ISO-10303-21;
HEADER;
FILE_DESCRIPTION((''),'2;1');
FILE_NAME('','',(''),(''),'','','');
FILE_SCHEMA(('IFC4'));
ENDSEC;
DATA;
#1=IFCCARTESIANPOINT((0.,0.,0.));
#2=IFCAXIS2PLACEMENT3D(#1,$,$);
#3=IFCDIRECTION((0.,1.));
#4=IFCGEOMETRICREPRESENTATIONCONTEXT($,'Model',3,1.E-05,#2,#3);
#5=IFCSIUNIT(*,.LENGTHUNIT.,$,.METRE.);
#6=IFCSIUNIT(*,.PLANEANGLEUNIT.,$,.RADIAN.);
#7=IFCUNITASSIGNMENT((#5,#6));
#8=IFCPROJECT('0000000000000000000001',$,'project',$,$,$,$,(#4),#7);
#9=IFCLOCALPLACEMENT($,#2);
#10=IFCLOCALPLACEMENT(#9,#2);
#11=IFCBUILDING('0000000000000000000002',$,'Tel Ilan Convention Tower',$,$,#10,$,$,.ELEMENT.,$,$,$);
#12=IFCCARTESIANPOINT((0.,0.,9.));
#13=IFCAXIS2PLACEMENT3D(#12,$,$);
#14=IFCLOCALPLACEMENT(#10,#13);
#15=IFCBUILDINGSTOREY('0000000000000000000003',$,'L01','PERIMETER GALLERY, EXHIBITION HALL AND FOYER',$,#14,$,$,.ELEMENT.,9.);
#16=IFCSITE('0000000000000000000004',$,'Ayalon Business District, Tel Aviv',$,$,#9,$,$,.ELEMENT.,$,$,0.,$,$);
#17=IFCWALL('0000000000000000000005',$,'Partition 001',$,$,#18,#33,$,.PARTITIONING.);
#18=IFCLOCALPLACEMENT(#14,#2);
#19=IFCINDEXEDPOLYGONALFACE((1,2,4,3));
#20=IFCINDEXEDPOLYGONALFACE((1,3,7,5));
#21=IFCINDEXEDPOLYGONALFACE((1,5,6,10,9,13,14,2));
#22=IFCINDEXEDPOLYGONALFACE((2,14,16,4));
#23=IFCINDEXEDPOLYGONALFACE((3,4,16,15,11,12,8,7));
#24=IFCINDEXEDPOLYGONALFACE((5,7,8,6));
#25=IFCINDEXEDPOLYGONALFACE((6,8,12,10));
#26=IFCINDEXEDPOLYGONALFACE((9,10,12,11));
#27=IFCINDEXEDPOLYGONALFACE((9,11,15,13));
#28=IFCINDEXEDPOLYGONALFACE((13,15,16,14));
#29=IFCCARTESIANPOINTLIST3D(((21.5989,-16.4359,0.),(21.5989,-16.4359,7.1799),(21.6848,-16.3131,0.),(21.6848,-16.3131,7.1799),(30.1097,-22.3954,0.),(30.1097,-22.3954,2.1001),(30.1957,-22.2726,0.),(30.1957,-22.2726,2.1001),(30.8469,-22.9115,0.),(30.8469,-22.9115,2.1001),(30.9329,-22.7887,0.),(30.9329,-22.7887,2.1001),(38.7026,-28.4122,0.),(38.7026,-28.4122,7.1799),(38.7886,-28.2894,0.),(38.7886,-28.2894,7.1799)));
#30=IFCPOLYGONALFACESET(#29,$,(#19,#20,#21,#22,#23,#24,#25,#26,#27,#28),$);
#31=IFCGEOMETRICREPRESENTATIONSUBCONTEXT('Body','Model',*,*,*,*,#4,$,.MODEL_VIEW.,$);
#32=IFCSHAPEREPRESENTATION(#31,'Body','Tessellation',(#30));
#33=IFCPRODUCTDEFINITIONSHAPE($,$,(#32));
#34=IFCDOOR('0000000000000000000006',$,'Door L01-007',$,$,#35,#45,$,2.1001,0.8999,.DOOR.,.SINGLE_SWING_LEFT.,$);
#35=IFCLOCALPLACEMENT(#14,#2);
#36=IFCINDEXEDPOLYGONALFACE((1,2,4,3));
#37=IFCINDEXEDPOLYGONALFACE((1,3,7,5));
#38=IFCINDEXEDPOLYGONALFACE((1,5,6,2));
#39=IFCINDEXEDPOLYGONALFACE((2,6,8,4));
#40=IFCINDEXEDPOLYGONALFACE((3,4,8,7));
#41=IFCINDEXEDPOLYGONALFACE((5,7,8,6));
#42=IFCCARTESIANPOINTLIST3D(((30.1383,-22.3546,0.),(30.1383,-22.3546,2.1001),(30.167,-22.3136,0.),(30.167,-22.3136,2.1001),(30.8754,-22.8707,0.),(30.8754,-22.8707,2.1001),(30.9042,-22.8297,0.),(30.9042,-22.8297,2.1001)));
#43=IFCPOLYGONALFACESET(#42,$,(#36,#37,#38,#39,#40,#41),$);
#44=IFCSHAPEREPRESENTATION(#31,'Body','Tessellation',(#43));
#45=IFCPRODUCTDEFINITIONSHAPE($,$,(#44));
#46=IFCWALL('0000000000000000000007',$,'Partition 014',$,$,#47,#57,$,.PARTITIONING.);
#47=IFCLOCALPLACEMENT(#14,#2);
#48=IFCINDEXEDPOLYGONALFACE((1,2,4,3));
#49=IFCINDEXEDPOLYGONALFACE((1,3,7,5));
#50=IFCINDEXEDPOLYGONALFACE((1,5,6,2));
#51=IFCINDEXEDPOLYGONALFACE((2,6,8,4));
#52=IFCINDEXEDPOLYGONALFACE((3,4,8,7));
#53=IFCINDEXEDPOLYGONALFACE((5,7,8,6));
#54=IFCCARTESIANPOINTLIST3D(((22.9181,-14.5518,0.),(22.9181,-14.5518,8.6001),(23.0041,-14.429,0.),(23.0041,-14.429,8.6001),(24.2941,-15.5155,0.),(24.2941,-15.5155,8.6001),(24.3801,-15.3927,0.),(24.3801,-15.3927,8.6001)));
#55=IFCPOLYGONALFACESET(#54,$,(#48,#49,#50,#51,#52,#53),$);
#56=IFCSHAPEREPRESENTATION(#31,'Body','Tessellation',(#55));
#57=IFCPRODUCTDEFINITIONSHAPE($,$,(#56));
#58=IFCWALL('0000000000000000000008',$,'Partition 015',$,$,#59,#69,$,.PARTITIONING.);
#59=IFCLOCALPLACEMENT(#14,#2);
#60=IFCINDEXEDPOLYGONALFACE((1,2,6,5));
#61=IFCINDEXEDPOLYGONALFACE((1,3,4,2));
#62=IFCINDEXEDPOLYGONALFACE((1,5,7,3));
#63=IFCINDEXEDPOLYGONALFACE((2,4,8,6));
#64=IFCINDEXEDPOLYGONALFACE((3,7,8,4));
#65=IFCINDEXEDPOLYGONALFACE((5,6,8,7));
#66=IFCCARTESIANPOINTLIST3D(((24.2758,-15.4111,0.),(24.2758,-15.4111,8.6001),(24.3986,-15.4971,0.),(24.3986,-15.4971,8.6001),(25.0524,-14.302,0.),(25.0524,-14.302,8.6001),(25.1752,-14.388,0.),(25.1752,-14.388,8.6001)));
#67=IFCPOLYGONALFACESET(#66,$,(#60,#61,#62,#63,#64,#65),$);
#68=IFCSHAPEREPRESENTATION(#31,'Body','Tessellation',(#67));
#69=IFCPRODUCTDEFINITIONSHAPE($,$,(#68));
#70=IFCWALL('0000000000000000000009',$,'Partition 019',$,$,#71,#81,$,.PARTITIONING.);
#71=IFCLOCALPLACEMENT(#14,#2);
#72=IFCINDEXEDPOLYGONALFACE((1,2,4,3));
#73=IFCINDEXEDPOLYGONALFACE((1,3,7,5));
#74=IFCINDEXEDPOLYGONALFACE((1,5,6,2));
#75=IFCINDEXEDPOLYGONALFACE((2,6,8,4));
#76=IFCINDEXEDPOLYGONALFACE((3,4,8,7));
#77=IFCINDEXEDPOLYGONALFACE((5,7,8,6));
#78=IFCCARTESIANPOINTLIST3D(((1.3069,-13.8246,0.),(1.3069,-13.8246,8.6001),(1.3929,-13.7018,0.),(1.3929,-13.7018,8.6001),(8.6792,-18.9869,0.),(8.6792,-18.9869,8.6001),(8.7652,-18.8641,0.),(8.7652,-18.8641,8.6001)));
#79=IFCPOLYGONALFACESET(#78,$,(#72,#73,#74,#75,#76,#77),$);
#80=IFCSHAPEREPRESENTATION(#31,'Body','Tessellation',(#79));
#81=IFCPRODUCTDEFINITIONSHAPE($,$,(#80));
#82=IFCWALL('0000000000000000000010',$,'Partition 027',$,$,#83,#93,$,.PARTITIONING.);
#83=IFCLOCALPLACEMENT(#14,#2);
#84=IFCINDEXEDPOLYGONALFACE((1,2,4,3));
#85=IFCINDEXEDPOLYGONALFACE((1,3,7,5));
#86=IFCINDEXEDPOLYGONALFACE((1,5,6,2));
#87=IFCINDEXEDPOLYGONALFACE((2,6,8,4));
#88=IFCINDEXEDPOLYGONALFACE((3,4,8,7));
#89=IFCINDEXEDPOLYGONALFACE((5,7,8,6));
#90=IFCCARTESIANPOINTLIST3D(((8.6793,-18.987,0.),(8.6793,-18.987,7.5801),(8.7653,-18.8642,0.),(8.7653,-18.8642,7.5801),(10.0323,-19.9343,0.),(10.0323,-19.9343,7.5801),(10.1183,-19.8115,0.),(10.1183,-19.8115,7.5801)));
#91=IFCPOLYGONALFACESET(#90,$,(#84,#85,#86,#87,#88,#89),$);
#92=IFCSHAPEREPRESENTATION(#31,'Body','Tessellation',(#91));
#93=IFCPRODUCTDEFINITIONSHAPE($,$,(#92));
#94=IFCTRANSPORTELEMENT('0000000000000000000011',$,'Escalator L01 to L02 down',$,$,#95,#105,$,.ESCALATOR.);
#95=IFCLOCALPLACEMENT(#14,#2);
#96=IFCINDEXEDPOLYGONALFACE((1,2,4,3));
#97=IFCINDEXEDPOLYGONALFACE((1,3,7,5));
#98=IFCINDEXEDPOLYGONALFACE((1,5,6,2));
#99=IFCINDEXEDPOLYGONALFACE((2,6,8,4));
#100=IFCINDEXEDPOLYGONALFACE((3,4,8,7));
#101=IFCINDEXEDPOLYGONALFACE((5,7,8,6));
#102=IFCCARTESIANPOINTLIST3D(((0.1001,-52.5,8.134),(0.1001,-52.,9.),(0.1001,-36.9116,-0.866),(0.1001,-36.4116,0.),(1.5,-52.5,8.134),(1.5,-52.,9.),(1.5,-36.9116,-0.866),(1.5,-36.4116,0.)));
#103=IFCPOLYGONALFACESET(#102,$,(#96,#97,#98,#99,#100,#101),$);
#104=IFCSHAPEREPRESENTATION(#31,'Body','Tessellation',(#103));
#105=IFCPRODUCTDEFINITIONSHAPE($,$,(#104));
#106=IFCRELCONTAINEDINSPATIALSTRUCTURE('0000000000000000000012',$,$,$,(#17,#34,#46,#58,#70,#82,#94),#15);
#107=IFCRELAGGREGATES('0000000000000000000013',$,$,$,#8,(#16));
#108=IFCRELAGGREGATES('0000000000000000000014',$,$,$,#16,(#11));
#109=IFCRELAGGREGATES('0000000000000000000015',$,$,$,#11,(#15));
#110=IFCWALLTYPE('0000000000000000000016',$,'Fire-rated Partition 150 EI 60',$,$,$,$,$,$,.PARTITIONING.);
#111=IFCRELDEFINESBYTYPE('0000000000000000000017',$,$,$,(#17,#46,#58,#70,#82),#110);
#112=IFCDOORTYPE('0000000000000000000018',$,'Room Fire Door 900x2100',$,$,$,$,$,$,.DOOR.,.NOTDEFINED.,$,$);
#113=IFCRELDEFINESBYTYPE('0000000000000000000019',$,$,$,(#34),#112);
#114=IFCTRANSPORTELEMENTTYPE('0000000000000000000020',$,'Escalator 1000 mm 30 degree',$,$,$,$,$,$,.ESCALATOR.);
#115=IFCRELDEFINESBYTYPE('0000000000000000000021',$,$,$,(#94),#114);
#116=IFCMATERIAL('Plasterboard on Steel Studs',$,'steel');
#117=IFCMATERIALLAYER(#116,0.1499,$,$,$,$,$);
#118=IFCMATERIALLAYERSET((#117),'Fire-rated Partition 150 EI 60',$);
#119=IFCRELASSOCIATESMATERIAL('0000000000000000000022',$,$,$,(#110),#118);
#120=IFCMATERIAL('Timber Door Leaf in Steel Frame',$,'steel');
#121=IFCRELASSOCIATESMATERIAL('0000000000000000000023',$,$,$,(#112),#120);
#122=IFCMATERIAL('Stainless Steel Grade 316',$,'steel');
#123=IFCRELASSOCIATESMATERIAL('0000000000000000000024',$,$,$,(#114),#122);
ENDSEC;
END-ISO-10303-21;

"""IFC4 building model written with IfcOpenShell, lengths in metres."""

from ifc_helpers import new_model, si_unit, direction, frame, frame_2d, origin, place, context, subcontext, project, spatial, polyline, rectangle, outline, extrude, material, layer, layer_set, type_object, element, fill, save


model = new_model("IFC4")

# Units and contexts
model_context = context("Model", 3, precision=1e-05, world=origin(), true_north=direction((0.0, 1.0)))
body_context = subcontext(model_context, "Body", "Model", "MODEL_VIEW")
ifc_project = project(units=[si_unit("LENGTHUNIT", "METRE"), si_unit("PLANEANGLEUNIT", "RADIAN")], contexts=[model_context])

# Site, building, storey
site_placement = place(None, origin())
site = spatial("IfcSite", under=ifc_project, at=site_placement, Name="Ayalon Business District, Tel Aviv", CompositionType="ELEMENT", RefElevation=0.0)
building_placement = place(site_placement, origin())
building = spatial("IfcBuilding", under=site, at=building_placement, Name="Tel Ilan Convention Tower", CompositionType="ELEMENT")
storey_placement = place(building_placement, frame((0.0, 0.0, 9.0)))
storey = spatial("IfcBuildingStorey", under=building, at=storey_placement, Name="L01", Description="PERIMETER GALLERY, EXHIBITION HALL AND FOYER", CompositionType="ELEMENT", Elevation=9.0)

# Wall, opening, door
ifc_material_1 = material(Name="Plasterboard on Steel Studs", Category="steel")
ifc_layer_1 = layer(ifc_material_1, 0.1499)
ifc_layer_set_1 = layer_set([ifc_layer_1], Name="Fire-rated Partition 150 EI 60")
wall_type_1 = type_object("IfcWallType", Name="Fire-rated Partition 150 EI 60", PredefinedType="PARTITIONING", material=ifc_layer_set_1)
wall_1_placement = place(storey_placement, frame((21.6418, -16.3745, 0.0), z_axis=(0.0, 0.0, 1.0), x_axis=(0.819149, -0.573581, 0.0)))
wall_1 = element("IfcWall", 1, at=wall_1_placement, inside=storey, type_object=wall_type_1, Name="Partition 001", PredefinedType="PARTITIONING", context=body_context, shape_type="SweptSolid", body=[
    extrude(rectangle(XDim=20.8799, YDim=0.1499, at=frame_2d((10.4399, 0.0))), origin(), (0.0, 0.0, 1.0), 7.1799),
])
opening_1_placement = place(wall_1_placement, frame((10.3899, 0.0, 0.0)))
opening_1 = element("IfcOpeningElement", 2, at=opening_1_placement, cuts=wall_1, PredefinedType="OPENING", context=body_context, shape_type="SweptSolid", body=[
    extrude(rectangle(XDim=0.8999, YDim=2.1001, at=frame_2d((0.45, 1.05))), frame((0.0, 0.085, 0.0), z_axis=(0.0, -1.0, 0.0), x_axis=(1.0, 0.0, 0.0)), (0.0, 0.0, 1.0), 0.1699),
])
ifc_material_2 = material(Name="Timber Door Leaf in Steel Frame", Category="steel")
door_type_1 = type_object("IfcDoorType", Name="Room Fire Door 900x2100", OperationType="NOTDEFINED", PredefinedType="DOOR", material=ifc_material_2)
door_1_placement = place(opening_1_placement, origin())
door_1 = element("IfcDoor", 3, at=door_1_placement, inside=storey, type_object=door_type_1, Name="Door L01-007", OperationType="SINGLE_SWING_LEFT", OverallHeight=2.1001, OverallWidth=0.8999, PredefinedType="DOOR", context=body_context, shape_type="SweptSolid", body=[
    extrude(rectangle(XDim=0.8999, YDim=2.1001, at=frame_2d((0.45, 1.05))), frame((0.0, 0.0249, 0.0), z_axis=(0.0, -1.0, 0.0), x_axis=(1.0, 0.0, 0.0)), (0.0, 0.0, 1.0), 0.05),
])
fill(opening_1, door_1)

# Walls
wall_2_placement = place(storey_placement, frame((22.9612, -14.4905, 0.0), z_axis=(0.0, 0.0, 1.0), x_axis=(0.819109, -0.573638, 0.0)))
element("IfcWall", 4, at=wall_2_placement, inside=storey, type_object=wall_type_1, Name="Partition 014", PredefinedType="PARTITIONING", context=body_context, shape_type="SweptSolid", body=[
    extrude(rectangle(XDim=1.6799, YDim=0.1499, at=frame_2d((0.8398, 0.0))), origin(), (0.0, 0.0, 1.0), 8.6001),
])
wall_3_placement = place(storey_placement, frame((24.3372, -15.4541, 0.0), z_axis=(0.0, 0.0, 1.0), x_axis=(0.573571, 0.819156, 0.0)))
element("IfcWall", 5, at=wall_3_placement, inside=storey, type_object=wall_type_1, Name="Partition 015", PredefinedType="PARTITIONING", context=body_context, shape_type="SweptSolid", body=[
    extrude(rectangle(XDim=1.354, YDim=0.1499, at=frame_2d((0.677, 0.0))), origin(), (0.0, 0.0, 1.0), 8.6001),
])
wall_4_placement = place(storey_placement, frame((8.7222, -18.9255, 0.0), z_axis=(0.0, 0.0, 1.0), x_axis=(-0.819141, 0.573592, 0.0)))
element("IfcWall", 6, at=wall_4_placement, inside=storey, type_object=wall_type_1, Name="Partition 019", PredefinedType="PARTITIONING", context=body_context, shape_type="SweptSolid", body=[
    extrude(rectangle(XDim=9.0, YDim=0.1499, at=frame_2d((4.5, 0.0))), origin(), (0.0, 0.0, 1.0), 8.6001),
])
wall_5_placement = place(storey_placement, frame((10.0752, -19.8728, 0.0), z_axis=(0.0, 0.0, 1.0), x_axis=(-0.81919, 0.573522, 0.0)))
element("IfcWall", 7, at=wall_5_placement, inside=storey, type_object=wall_type_1, Name="Partition 027", PredefinedType="PARTITIONING", context=body_context, shape_type="SweptSolid", body=[
    extrude(rectangle(XDim=1.6516, YDim=0.1499, at=frame_2d((0.8257, 0.0))), origin(), (0.0, 0.0, 1.0), 7.5801),
])

# Transport element
ifc_material_3 = material(Name="Stainless Steel Grade 316", Category="steel")
transport_element_type = type_object("IfcTransportElementType", Name="Escalator 1000 mm 30 degree", PredefinedType="ESCALATOR", material=ifc_material_3)
transport_element_placement = place(storey_placement, frame((0.1001, -36.4116, 0.0), z_axis=(0.0, 0.500002, 0.866024), x_axis=(1.0, 0.0, 0.0)))
element("IfcTransportElement", 8, at=transport_element_placement, inside=storey, type_object=transport_element_type, Name="Escalator L01 to L02 down", PredefinedType="ESCALATOR", context=body_context, shape_type="SweptSolid", body=[
    extrude(outline(polyline([(0.0, 0.0), (1.3999, 0.0), (1.3999, -17.9999), (0.0, -17.9999), (0.0, 0.0)])), origin(), (0.0, 0.0, -1.0), 1.0),
])

save(model, "model.ifc")
